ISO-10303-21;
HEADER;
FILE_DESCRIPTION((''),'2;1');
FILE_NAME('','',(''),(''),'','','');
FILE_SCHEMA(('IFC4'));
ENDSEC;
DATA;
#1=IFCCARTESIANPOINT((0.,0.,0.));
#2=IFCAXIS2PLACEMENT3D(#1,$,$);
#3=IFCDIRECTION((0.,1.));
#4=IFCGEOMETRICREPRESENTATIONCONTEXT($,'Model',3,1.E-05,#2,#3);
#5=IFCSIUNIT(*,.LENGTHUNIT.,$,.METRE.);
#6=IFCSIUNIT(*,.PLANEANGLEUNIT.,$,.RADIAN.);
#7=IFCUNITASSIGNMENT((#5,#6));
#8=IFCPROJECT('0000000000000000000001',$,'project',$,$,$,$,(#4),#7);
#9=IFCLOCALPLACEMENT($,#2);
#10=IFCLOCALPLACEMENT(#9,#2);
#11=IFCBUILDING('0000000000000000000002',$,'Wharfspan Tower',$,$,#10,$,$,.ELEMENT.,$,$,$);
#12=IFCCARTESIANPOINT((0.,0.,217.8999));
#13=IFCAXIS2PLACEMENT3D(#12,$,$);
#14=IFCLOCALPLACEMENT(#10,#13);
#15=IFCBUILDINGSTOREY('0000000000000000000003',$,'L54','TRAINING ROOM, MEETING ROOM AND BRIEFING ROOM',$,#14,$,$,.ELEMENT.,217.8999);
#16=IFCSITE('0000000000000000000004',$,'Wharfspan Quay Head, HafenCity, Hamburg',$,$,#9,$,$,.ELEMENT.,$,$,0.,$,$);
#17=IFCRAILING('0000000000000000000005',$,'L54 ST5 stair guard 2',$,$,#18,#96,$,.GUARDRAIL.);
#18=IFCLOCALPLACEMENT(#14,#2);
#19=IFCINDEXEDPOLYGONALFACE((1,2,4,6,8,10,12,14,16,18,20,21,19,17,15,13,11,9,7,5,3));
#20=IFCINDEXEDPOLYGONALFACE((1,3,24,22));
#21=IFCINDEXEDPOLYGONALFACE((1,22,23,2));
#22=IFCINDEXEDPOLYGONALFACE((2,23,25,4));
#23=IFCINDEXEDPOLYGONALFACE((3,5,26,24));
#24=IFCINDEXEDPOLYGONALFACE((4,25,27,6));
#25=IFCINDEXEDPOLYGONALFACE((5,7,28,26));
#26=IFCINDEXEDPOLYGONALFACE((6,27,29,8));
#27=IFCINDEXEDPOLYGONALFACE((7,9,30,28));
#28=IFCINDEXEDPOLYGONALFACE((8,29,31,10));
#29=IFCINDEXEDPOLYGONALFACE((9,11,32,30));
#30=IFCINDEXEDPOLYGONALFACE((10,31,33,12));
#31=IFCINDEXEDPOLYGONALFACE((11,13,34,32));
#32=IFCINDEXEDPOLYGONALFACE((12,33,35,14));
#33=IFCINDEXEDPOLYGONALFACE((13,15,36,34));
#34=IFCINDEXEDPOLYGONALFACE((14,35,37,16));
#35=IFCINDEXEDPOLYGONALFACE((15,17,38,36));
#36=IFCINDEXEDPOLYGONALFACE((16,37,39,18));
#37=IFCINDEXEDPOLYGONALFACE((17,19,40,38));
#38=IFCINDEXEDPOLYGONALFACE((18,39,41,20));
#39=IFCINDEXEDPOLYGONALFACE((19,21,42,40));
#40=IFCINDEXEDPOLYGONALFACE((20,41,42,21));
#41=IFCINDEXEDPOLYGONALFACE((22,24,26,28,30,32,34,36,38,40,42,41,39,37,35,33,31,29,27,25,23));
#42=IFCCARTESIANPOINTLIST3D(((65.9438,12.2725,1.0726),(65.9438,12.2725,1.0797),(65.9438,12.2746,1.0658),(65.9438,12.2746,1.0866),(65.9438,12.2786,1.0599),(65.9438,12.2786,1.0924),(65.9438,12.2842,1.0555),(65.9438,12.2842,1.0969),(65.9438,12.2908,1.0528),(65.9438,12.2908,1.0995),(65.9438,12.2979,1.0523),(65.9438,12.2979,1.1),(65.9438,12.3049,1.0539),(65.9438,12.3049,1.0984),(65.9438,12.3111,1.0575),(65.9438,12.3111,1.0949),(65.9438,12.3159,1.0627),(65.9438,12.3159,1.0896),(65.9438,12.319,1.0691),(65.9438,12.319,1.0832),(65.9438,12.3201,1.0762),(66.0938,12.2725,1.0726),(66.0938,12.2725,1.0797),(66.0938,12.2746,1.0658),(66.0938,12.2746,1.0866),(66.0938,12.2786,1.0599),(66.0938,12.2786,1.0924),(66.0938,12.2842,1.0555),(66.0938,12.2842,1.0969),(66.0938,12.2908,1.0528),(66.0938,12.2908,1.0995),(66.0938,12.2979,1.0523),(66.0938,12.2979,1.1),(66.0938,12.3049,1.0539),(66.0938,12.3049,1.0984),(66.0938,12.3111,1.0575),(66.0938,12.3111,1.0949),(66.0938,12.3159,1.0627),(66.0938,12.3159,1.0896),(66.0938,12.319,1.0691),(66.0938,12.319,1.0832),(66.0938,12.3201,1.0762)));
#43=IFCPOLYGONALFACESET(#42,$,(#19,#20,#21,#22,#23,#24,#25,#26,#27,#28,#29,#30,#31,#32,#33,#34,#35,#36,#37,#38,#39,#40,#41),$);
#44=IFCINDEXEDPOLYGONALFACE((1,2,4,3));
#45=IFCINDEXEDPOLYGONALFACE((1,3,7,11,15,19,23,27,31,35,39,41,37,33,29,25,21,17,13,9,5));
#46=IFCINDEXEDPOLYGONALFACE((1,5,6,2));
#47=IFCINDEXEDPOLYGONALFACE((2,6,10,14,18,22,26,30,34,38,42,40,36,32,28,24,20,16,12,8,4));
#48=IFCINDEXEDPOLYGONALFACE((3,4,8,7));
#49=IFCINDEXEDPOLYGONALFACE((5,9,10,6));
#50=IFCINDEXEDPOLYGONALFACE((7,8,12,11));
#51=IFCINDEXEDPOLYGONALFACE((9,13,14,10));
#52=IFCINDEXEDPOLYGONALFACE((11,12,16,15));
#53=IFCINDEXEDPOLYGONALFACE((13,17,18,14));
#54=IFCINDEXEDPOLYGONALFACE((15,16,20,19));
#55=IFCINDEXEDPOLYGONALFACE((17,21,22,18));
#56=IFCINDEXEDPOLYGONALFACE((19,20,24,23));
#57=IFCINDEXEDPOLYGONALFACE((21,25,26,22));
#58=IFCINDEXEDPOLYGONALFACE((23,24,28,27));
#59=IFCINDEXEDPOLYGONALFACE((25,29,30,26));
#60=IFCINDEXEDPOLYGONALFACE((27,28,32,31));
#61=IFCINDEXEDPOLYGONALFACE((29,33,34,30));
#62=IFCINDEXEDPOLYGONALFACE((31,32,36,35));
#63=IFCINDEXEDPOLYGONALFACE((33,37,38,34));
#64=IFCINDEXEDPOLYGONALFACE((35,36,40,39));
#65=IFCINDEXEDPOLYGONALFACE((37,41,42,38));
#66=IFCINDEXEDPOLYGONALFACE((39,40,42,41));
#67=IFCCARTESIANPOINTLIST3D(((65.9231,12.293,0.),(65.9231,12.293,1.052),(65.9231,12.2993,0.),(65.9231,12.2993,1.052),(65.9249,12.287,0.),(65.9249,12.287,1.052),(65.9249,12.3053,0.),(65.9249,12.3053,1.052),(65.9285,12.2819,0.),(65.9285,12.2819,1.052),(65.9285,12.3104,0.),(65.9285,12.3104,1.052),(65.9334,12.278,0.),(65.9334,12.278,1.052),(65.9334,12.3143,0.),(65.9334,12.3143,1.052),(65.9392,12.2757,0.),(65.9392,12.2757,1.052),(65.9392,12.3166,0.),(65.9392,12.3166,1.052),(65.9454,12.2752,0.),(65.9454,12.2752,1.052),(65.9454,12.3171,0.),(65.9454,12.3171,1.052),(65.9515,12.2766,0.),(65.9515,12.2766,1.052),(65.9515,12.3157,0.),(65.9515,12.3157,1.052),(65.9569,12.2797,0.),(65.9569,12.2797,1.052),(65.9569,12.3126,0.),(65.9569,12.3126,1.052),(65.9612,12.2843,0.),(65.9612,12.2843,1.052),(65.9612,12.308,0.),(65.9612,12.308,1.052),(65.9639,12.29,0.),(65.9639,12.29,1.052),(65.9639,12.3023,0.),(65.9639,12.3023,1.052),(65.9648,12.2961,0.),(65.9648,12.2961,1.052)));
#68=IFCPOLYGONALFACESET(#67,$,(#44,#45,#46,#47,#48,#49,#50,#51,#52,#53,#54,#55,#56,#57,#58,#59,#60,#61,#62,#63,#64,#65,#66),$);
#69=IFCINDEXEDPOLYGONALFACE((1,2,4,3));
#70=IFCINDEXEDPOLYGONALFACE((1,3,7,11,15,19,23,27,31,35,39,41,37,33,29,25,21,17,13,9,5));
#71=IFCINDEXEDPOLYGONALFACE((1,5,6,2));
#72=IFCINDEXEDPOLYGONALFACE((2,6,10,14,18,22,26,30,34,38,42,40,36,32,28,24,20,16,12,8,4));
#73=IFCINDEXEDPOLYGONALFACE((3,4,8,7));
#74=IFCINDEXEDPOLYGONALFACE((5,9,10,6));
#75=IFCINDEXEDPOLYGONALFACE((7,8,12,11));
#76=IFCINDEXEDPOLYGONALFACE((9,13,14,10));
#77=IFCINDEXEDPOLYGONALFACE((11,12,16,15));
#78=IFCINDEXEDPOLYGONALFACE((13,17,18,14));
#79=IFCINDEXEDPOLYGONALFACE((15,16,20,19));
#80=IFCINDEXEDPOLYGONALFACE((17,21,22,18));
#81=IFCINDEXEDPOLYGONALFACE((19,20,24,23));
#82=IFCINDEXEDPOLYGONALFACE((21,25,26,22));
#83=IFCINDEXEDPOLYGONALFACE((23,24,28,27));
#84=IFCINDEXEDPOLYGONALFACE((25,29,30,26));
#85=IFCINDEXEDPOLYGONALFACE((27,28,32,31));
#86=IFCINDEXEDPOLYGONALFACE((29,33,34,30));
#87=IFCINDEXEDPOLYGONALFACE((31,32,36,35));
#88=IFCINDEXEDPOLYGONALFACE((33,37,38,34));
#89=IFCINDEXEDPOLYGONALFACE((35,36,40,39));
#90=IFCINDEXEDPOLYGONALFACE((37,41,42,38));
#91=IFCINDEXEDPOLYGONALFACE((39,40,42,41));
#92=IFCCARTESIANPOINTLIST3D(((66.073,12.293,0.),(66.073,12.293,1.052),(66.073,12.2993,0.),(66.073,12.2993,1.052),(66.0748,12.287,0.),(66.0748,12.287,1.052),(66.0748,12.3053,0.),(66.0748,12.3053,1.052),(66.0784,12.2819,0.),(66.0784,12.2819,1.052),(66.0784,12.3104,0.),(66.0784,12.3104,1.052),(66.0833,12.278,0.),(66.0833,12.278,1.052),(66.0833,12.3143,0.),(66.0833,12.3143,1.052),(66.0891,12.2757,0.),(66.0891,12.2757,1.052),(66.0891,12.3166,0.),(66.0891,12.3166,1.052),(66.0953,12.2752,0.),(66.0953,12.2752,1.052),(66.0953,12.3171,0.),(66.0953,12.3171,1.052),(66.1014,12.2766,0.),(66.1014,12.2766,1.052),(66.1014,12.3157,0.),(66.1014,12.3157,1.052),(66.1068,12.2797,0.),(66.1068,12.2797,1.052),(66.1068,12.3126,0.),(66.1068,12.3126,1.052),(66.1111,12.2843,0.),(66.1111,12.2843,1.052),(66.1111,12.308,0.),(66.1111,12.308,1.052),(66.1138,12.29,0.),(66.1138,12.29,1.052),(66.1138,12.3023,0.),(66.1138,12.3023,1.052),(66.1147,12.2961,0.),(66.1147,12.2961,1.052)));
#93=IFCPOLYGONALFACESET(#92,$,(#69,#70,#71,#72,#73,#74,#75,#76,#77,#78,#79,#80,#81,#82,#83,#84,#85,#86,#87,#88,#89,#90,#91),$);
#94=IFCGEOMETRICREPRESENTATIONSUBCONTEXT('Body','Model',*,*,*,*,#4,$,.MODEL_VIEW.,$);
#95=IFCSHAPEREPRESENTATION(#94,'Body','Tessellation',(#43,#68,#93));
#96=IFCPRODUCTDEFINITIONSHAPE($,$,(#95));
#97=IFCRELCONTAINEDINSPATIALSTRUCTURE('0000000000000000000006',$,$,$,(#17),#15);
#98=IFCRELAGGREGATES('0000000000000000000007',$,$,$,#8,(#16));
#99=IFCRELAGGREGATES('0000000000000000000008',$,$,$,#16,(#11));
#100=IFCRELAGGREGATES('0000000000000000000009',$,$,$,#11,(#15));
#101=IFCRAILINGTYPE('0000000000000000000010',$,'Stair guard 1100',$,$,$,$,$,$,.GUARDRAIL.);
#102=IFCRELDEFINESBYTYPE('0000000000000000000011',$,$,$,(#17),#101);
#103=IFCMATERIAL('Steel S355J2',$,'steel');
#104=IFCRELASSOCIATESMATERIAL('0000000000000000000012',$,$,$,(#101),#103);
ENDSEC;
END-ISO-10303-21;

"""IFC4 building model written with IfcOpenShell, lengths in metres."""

from ifc_helpers import new_model, si_unit, direction, frame, origin, origin_2d, place, context, subcontext, project, spatial, circle, extrude, material, type_object, element, save


model = new_model("IFC4")

# Units and contexts
model_context = context("Model", 3, precision=1e-05, world=origin(), true_north=direction((0.0, 1.0)))
body_context = subcontext(model_context, "Body", "Model", "MODEL_VIEW")
ifc_project = project(units=[si_unit("LENGTHUNIT", "METRE"), si_unit("PLANEANGLEUNIT", "RADIAN")], contexts=[model_context])

# Site, building, storey
site_placement = place(None, origin())
site = spatial("IfcSite", under=ifc_project, at=site_placement, Name="Wharfspan Quay Head, HafenCity, Hamburg", CompositionType="ELEMENT", RefElevation=0.0)
building_placement = place(site_placement, origin())
building = spatial("IfcBuilding", under=site, at=building_placement, Name="Wharfspan Tower", CompositionType="ELEMENT")
storey_placement = place(building_placement, frame((0.0, 0.0, 217.8999)))
storey = spatial("IfcBuildingStorey", under=building, at=storey_placement, Name="L54", Description="TRAINING ROOM, MEETING ROOM AND BRIEFING ROOM", CompositionType="ELEMENT", Elevation=217.8999)

# Shared definitions
ifc_material_1 = material(Name="Steel S355J2", Category="steel")

# Railing
railing_type_1 = type_object("IfcRailingType", Name="Stair guard 1100", PredefinedType="GUARDRAIL", material=ifc_material_1)
railing_1_placement = place(storey_placement, frame((65.9438, 12.2961, 0.0)))
element("IfcRailing", 1, at=railing_1_placement, inside=storey, type_object=railing_type_1, Name="L54 ST5 stair guard 2", PredefinedType="GUARDRAIL", context=body_context, shape_type="SweptSolid", body=[
    extrude(circle(Radius=0.0239, at=origin_2d()), frame((0.0, 0.0, 1.0762), z_axis=(1.0, 0.0, 0.0), x_axis=(0.0, 1.0, 0.0)), (0.0, 0.0, 1.0), 0.1499),
    extrude(circle(Radius=0.021, at=origin_2d()), origin(), (0.0, 0.0, 1.0), 1.052),
    extrude(circle(Radius=0.021, at=origin_2d()), frame((0.1499, 0.0, 0.0)), (0.0, 0.0, 1.0), 1.052),
])

save(model, "model.ifc")
